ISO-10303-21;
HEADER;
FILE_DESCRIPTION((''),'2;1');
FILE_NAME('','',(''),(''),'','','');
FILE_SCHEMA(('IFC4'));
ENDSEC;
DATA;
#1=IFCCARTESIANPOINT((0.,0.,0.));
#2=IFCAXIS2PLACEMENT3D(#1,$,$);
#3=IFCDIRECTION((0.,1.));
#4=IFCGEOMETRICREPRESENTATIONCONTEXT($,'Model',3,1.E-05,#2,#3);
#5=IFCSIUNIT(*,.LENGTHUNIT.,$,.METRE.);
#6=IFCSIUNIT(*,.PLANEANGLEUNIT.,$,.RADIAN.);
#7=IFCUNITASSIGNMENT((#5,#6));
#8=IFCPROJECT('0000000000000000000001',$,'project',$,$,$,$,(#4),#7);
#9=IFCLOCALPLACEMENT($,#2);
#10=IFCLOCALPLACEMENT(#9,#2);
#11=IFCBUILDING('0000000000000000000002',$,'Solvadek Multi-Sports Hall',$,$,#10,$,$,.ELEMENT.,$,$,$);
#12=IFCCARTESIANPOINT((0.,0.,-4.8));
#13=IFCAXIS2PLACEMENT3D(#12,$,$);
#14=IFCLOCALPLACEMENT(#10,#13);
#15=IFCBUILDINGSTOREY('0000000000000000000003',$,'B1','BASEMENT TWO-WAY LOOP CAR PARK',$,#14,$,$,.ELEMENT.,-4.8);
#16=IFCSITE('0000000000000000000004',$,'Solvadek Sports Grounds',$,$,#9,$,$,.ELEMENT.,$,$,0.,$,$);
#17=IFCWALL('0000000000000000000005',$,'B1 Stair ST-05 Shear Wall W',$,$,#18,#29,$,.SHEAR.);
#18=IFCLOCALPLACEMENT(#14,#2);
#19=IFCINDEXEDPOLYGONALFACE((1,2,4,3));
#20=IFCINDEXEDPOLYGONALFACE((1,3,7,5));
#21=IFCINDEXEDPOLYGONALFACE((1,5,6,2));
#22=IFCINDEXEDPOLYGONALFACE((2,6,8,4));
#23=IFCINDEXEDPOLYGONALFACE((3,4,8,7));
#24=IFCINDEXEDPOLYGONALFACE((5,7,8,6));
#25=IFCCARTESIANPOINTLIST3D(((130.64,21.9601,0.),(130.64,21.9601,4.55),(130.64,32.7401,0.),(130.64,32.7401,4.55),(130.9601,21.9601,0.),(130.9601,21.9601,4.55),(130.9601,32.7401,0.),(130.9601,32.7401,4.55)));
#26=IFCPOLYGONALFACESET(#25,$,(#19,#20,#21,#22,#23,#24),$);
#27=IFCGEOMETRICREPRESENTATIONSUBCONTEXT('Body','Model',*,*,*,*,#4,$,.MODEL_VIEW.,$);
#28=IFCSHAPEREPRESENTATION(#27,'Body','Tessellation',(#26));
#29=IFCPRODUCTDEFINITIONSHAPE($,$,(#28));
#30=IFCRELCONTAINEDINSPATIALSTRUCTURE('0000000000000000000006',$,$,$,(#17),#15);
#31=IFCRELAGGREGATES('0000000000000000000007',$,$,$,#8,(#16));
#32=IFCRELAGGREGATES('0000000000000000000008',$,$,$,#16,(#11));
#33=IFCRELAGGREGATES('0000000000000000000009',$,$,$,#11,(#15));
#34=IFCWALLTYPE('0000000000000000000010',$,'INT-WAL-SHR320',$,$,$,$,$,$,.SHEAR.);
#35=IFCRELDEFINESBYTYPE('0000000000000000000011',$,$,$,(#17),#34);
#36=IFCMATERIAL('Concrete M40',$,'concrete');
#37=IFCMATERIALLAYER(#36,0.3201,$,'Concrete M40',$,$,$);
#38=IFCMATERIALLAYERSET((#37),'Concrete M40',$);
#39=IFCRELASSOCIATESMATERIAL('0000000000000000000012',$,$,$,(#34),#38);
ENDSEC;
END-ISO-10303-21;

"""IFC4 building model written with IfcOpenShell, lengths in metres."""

from ifc_helpers import new_model, si_unit, direction, frame, frame_2d, origin, place, context, subcontext, project, spatial, rectangle, extrude, material, layer, layer_set, type_object, element, save


model = new_model("IFC4")

# Units and contexts
model_context = context("Model", 3, precision=1e-05, world=origin(), true_north=direction((0.0, 1.0)))
body_context = subcontext(model_context, "Body", "Model", "MODEL_VIEW")
ifc_project = project(units=[si_unit("LENGTHUNIT", "METRE"), si_unit("PLANEANGLEUNIT", "RADIAN")], contexts=[model_context])

# Site, building, storey
site_placement = place(None, origin())
site = spatial("IfcSite", under=ifc_project, at=site_placement, Name="Solvadek Sports Grounds", CompositionType="ELEMENT", RefElevation=0.0)
building_placement = place(site_placement, origin())
building = spatial("IfcBuilding", under=site, at=building_placement, Name="Solvadek Multi-Sports Hall", CompositionType="ELEMENT")
storey_placement = place(building_placement, frame((0.0, 0.0, -4.8)))
storey = spatial("IfcBuildingStorey", under=building, at=storey_placement, Name="B1", Description="BASEMENT TWO-WAY LOOP CAR PARK", CompositionType="ELEMENT", Elevation=-4.8)

# Shared definitions
ifc_material_1 = material(Name="Concrete M40", Category="concrete")

# Shared definitions
ifc_layer_1 = layer(ifc_material_1, 0.3201, Name="Concrete M40")
ifc_layer_set_1 = layer_set([ifc_layer_1], Name="Concrete M40")
wall_type_1 = type_object("IfcWallType", Name="INT-WAL-SHR320", PredefinedType="SHEAR", material=ifc_layer_set_1)

# Wall
wall_1_placement = place(storey_placement, frame((130.8, 21.96, 0.0), z_axis=(0.0, 0.0, 1.0), x_axis=(0.0, 1.0, 0.0)))
element("IfcWall", 1, at=wall_1_placement, inside=storey, type_object=wall_type_1, Name="B1 Stair ST-05 Shear Wall W", PredefinedType="SHEAR", context=body_context, shape_type="SweptSolid", body=[
    extrude(rectangle(XDim=10.78, YDim=0.3201, at=frame_2d((5.3901, 0.0))), origin(), (0.0, 0.0, 1.0), 4.55),
])

save(model, "model.ifc")
